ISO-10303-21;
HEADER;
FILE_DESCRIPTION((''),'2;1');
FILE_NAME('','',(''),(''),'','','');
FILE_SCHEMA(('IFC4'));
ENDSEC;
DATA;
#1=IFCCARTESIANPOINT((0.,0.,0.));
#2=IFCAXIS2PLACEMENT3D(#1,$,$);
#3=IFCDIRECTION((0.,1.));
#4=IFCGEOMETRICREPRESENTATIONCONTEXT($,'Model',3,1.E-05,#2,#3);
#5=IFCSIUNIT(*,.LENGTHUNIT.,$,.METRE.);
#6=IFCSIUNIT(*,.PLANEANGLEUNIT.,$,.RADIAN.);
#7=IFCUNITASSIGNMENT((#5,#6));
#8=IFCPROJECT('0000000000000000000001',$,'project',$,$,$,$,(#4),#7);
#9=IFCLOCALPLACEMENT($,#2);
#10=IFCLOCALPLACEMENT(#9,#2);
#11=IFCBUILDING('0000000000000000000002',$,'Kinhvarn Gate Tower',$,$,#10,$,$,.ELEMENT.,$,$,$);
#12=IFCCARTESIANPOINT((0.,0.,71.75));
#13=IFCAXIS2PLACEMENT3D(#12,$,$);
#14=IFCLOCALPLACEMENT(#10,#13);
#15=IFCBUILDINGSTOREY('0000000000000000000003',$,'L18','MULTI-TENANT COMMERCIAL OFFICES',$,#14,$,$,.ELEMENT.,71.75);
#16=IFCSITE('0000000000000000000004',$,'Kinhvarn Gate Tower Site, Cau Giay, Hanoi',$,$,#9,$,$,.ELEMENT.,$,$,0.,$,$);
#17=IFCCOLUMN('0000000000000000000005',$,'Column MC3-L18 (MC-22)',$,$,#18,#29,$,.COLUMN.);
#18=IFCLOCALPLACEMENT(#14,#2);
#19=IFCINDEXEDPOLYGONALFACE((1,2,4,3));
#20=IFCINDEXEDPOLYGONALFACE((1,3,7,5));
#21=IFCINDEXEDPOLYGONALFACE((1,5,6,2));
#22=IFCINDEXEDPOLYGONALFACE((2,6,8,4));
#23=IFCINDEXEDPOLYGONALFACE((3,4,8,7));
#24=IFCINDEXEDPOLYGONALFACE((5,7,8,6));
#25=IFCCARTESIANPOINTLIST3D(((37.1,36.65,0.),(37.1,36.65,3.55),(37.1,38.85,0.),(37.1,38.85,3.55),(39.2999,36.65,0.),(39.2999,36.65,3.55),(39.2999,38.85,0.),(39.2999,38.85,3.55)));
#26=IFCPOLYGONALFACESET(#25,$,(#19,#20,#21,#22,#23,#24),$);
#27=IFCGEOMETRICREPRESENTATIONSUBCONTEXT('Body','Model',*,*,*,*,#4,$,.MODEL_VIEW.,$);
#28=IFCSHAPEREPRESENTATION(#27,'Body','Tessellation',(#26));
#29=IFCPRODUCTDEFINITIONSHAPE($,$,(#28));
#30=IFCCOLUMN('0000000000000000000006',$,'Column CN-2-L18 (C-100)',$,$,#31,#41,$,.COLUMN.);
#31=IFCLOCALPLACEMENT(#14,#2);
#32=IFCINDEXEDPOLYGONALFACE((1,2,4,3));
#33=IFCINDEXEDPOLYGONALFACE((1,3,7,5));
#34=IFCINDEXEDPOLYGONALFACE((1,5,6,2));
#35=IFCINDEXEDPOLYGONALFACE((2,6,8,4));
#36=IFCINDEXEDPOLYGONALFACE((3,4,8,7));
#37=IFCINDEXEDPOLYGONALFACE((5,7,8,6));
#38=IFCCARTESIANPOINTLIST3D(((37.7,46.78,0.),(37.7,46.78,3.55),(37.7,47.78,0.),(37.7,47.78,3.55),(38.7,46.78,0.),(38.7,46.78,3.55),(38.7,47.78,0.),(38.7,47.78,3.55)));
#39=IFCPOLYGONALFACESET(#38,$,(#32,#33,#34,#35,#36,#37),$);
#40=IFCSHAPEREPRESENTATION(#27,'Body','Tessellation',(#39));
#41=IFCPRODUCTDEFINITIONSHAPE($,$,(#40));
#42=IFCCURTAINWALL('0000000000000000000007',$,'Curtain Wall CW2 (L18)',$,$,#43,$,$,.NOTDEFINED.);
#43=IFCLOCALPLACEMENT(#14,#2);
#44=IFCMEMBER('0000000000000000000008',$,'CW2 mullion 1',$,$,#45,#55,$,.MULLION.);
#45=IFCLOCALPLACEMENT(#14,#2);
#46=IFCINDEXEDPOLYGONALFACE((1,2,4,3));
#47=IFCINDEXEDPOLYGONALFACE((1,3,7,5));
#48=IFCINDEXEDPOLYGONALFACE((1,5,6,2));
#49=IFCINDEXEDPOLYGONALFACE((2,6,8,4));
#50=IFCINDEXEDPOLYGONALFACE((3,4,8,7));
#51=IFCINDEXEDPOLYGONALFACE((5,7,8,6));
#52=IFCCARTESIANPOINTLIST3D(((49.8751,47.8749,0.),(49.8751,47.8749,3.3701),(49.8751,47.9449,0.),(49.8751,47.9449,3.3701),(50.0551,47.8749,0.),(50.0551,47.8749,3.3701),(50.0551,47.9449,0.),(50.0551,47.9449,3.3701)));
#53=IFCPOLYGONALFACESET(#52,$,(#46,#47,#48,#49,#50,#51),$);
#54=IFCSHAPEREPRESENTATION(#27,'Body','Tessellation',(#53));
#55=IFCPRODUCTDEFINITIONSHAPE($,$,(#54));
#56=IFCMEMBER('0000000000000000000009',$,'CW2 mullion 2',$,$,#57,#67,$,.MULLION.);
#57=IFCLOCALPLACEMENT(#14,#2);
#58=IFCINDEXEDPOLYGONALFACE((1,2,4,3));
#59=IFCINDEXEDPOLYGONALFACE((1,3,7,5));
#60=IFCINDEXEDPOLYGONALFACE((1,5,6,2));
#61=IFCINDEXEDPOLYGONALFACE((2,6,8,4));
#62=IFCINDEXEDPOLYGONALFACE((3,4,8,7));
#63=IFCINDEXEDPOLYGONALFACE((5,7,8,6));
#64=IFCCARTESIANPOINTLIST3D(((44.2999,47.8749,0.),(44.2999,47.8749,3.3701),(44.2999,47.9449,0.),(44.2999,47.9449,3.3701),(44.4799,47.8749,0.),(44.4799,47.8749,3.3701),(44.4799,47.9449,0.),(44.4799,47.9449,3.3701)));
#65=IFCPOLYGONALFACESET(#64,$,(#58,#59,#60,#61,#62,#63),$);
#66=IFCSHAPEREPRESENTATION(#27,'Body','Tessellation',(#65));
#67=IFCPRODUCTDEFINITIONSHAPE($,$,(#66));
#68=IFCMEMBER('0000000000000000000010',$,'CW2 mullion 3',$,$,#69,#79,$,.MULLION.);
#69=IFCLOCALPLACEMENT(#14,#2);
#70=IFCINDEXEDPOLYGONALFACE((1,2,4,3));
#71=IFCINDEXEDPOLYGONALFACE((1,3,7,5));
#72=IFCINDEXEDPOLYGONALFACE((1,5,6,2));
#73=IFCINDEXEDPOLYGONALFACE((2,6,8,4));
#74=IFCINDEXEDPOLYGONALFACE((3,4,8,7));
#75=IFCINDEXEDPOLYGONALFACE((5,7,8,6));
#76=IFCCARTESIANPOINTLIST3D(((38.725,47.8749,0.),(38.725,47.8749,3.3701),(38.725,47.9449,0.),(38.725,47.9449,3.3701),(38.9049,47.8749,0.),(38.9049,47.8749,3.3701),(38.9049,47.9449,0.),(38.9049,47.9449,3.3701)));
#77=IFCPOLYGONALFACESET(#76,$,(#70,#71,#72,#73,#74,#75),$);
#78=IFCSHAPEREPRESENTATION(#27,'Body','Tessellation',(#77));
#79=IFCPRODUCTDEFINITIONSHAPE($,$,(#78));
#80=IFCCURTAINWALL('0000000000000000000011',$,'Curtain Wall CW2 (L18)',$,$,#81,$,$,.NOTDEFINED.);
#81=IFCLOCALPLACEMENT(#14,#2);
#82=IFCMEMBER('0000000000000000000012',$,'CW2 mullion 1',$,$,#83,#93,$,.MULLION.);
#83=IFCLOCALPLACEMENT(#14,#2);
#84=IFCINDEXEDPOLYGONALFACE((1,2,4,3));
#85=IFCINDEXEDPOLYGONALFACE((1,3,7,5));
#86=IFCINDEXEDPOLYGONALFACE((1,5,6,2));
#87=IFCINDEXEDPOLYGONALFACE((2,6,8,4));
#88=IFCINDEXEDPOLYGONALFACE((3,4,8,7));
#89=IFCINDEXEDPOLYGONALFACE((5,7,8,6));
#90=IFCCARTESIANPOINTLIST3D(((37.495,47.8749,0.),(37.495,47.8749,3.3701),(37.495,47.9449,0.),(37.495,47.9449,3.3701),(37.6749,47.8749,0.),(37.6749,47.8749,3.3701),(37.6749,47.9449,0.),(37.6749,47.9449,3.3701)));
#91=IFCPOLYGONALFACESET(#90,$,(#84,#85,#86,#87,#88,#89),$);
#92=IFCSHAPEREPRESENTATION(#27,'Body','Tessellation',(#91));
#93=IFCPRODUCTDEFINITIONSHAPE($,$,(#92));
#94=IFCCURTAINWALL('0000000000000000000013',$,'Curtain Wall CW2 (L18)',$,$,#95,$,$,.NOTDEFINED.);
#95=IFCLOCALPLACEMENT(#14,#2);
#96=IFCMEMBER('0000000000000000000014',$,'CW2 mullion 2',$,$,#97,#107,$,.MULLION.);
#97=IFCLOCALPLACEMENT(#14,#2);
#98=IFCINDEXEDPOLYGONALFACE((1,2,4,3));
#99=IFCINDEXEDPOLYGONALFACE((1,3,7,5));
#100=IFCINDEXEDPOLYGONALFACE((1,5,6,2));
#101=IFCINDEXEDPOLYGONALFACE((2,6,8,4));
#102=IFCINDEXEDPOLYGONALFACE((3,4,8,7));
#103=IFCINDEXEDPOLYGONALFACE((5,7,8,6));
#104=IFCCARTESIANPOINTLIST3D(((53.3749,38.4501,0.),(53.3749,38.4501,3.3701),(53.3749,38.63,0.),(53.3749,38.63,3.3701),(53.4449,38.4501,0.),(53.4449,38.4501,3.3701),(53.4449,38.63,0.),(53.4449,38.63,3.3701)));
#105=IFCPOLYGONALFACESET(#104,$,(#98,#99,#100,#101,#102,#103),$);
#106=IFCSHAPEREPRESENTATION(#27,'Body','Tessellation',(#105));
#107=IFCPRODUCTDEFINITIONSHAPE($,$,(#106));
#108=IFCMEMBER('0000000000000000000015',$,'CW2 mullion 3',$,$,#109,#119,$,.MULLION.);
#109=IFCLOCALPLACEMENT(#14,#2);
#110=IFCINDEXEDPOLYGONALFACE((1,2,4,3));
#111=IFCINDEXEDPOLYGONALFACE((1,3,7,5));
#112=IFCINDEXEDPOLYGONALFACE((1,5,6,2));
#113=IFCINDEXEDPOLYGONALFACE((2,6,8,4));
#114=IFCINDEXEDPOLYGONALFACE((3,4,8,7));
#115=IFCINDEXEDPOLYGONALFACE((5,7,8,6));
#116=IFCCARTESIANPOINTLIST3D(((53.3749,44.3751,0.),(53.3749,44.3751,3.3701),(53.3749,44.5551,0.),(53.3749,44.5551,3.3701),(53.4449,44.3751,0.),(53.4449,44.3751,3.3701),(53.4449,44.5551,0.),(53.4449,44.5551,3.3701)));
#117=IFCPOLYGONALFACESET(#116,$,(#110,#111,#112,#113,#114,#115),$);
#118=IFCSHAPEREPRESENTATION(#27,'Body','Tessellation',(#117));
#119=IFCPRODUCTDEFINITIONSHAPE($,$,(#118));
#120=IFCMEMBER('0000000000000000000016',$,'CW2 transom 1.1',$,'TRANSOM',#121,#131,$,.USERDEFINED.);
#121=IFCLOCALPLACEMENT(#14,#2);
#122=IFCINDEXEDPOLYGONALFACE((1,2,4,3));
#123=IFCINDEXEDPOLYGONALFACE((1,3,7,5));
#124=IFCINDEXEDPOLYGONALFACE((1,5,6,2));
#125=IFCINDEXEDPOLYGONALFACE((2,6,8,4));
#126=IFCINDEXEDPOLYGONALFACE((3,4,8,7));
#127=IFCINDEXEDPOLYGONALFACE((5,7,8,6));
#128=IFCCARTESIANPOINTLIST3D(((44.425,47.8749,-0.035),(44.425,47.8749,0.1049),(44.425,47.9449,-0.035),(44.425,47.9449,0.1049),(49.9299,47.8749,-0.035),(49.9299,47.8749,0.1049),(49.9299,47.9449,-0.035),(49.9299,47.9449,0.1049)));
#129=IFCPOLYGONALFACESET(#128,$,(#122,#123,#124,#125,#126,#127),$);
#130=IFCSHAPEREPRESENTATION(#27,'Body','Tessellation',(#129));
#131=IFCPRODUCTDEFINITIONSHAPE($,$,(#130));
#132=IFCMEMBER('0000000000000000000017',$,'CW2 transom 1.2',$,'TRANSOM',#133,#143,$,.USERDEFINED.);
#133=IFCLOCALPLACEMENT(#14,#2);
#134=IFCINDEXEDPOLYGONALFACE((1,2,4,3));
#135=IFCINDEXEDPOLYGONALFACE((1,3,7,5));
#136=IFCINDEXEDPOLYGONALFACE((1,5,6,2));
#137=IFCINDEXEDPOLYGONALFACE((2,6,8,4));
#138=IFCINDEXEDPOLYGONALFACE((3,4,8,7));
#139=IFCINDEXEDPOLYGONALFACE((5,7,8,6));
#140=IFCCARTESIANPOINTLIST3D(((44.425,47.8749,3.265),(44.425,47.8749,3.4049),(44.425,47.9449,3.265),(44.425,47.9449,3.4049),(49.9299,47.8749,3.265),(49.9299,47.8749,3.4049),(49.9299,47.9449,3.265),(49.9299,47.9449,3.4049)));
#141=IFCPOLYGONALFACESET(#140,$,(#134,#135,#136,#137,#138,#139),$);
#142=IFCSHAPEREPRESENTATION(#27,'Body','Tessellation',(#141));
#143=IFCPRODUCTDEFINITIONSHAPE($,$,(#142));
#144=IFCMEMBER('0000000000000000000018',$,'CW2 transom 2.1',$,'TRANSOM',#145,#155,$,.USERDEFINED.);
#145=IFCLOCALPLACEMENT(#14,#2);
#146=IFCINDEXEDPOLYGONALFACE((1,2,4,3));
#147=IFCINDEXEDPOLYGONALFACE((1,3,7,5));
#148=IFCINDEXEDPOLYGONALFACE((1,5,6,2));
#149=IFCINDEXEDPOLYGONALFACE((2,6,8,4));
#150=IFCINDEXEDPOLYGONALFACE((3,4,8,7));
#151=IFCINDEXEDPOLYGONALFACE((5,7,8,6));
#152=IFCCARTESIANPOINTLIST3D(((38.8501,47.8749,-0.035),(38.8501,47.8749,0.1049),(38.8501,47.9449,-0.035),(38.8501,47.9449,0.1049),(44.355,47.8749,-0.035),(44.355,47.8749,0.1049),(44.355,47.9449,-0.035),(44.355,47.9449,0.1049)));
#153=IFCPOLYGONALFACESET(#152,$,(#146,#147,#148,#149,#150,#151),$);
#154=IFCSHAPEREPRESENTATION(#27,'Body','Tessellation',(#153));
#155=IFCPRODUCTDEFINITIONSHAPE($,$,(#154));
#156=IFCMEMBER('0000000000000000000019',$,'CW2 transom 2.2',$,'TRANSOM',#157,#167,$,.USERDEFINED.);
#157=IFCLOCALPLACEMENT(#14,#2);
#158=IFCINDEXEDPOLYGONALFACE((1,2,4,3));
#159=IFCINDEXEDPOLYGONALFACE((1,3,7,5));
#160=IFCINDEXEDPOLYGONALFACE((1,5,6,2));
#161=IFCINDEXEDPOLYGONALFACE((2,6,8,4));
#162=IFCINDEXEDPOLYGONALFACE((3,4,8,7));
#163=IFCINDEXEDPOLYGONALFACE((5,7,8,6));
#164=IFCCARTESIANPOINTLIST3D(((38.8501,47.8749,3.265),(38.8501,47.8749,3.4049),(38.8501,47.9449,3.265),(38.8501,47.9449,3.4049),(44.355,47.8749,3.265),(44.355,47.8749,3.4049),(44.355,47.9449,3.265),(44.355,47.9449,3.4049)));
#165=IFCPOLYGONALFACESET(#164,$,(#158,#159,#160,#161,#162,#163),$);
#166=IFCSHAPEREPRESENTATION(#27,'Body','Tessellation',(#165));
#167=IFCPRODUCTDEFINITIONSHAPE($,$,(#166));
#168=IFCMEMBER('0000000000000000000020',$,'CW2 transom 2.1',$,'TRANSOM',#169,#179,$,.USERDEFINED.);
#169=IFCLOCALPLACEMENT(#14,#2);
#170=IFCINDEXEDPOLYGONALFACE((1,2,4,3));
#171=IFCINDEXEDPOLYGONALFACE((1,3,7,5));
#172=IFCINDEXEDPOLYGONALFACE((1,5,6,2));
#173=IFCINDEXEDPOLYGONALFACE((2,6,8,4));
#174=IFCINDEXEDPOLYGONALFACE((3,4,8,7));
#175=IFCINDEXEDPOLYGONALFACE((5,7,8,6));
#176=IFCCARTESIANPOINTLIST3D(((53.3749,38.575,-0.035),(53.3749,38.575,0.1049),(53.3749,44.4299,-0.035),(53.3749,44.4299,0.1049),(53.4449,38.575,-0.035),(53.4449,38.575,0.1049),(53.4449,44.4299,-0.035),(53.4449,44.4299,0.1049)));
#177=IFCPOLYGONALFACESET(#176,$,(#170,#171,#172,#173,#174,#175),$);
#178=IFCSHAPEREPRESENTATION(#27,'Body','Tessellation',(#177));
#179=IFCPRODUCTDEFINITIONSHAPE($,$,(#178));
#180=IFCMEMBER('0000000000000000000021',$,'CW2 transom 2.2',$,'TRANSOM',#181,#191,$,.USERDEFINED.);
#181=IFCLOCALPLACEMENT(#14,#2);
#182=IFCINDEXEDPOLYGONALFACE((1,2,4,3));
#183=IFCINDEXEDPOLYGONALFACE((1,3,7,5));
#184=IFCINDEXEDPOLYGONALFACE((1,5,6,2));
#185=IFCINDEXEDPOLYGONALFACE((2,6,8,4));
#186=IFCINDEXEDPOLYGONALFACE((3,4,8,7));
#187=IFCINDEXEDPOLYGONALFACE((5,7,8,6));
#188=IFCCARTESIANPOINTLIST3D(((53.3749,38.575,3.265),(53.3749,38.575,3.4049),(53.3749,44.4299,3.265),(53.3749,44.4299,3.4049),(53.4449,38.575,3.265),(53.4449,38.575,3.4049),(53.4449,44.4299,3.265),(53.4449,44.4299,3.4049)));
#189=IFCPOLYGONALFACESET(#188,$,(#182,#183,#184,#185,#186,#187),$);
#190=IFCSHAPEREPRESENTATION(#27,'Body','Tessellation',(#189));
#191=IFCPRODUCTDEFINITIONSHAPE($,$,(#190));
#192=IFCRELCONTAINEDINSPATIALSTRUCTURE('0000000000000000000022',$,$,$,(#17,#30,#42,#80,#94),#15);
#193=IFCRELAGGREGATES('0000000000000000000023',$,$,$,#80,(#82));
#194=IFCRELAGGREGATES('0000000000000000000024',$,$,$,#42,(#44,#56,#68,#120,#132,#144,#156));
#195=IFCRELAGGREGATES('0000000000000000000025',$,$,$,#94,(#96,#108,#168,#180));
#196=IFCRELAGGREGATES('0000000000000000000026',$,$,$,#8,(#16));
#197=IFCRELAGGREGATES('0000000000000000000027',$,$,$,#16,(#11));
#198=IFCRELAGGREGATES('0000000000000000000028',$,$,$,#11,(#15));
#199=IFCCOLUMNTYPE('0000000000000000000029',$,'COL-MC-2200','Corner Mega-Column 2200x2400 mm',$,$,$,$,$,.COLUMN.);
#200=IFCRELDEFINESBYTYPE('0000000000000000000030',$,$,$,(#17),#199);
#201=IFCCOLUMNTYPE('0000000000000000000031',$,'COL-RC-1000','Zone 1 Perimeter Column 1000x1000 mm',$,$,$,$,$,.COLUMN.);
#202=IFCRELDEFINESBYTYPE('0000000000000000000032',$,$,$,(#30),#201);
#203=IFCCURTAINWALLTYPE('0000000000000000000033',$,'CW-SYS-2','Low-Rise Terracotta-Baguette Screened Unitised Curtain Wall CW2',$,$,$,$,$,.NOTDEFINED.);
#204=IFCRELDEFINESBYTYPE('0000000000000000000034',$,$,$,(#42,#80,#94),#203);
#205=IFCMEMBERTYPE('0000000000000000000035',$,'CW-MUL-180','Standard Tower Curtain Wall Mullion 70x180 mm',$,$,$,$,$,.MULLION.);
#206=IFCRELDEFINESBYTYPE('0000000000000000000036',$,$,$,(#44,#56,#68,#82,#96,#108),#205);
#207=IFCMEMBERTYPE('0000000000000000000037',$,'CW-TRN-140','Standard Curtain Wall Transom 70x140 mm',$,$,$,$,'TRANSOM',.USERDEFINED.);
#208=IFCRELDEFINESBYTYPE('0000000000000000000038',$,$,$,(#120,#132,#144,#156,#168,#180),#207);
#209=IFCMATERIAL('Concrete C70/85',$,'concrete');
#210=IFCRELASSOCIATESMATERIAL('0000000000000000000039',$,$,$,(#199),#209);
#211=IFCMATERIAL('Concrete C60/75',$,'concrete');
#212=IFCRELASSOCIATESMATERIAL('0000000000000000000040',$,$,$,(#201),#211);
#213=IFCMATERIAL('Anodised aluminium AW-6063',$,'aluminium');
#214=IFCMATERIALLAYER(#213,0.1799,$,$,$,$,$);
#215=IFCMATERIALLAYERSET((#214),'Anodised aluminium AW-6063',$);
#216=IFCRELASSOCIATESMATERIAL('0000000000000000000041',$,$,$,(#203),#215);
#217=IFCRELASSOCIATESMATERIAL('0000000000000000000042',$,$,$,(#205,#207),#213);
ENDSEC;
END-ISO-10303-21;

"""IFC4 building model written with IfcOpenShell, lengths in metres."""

from ifc_helpers import new_model, si_unit, direction, frame, origin, origin_2d, place, context, subcontext, project, spatial, rectangle, extrude, material, layer, layer_set, material_profile, profile_set, type_object, element, aggregate, save


model = new_model("IFC4")

# Units and contexts
model_context = context("Model", 3, precision=1e-05, world=origin(), true_north=direction((0.0, 1.0)))
body_context = subcontext(model_context, "Body", "Model", "MODEL_VIEW")
ifc_project = project(units=[si_unit("LENGTHUNIT", "METRE"), si_unit("PLANEANGLEUNIT", "RADIAN")], contexts=[model_context])

# Site, building, storey
site_placement = place(None, origin())
site = spatial("IfcSite", under=ifc_project, at=site_placement, Name="Kinhvarn Gate Tower Site, Cau Giay, Hanoi", CompositionType="ELEMENT", RefElevation=0.0)
building_placement = place(site_placement, origin())
building = spatial("IfcBuilding", under=site, at=building_placement, Name="Kinhvarn Gate Tower", CompositionType="ELEMENT")
storey_placement = place(building_placement, frame((0.0, 0.0, 71.75)))
storey = spatial("IfcBuildingStorey", under=building, at=storey_placement, Name="L18", Description="MULTI-TENANT COMMERCIAL OFFICES", CompositionType="ELEMENT", Elevation=71.75)

# Columns
ifc_material_1 = material(Name="Concrete C70/85", Category="concrete")
ifc_material_profile_1 = material_profile(ifc_material_1, rectangle(XDim=2.2, YDim=2.2, at=origin_2d()), Name="RC 2200x2200")
ifc_profile_set_1 = profile_set([ifc_material_profile_1], Name="Concrete C70/85")
column_type_1 = type_object("IfcColumnType", Name="COL-MC-2200", Description="Corner Mega-Column 2200x2400 mm", PredefinedType="COLUMN", material=ifc_profile_set_1)
column_1_placement = place(storey_placement, frame((38.2, 37.75, 0.0), z_axis=(0.0, 0.0, 1.0), x_axis=(1.0, 0.0, 0.0)))
element("IfcColumn", 1, at=column_1_placement, inside=storey, type_object=column_type_1, Name="Column MC3-L18 (MC-22)", PredefinedType="COLUMN", context=body_context, shape_type="SweptSolid", body=[
    extrude(rectangle(XDim=2.2, YDim=2.2, at=origin_2d()), origin(), (0.0, 0.0, 1.0), 3.55),
])
ifc_material_2 = material(Name="Concrete C60/75", Category="concrete")
ifc_material_profile_2 = material_profile(ifc_material_2, rectangle(XDim=1.0, YDim=1.0, at=origin_2d()), Name="RC 1000x1000")
ifc_profile_set_2 = profile_set([ifc_material_profile_2], Name="Concrete C60/75")
column_type_2 = type_object("IfcColumnType", Name="COL-RC-1000", Description="Zone 1 Perimeter Column 1000x1000 mm", PredefinedType="COLUMN", material=ifc_profile_set_2)
column_2_placement = place(storey_placement, frame((38.2, 47.28, 0.0), z_axis=(0.0, 0.0, 1.0), x_axis=(1.0, 0.0, 0.0)))
element("IfcColumn", 2, at=column_2_placement, inside=storey, type_object=column_type_2, Name="Column CN-2-L18 (C-100)", PredefinedType="COLUMN", context=body_context, shape_type="SweptSolid", body=[
    extrude(rectangle(XDim=1.0, YDim=1.0, at=origin_2d()), origin(), (0.0, 0.0, 1.0), 3.55),
])

# Curtain wall, members
ifc_material_3 = material(Name="Anodised aluminium AW-6063", Category="aluminium")
ifc_layer_1 = layer(ifc_material_3, 0.1799)
ifc_layer_set_1 = layer_set([ifc_layer_1], Name="Anodised aluminium AW-6063")
curtain_wall_type = type_object("IfcCurtainWallType", Name="CW-SYS-2", Description="Low-Rise Terracotta-Baguette Screened Unitised Curtain Wall CW2", PredefinedType="NOTDEFINED", material=ifc_layer_set_1)
curtain_wall_1_placement = place(storey_placement, origin())
curtain_wall_1 = element("IfcCurtainWall", 3, at=curtain_wall_1_placement, inside=storey, type_object=curtain_wall_type, Name="Curtain Wall CW2 (L18)", PredefinedType="NOTDEFINED")
ifc_material_profile_3 = material_profile(ifc_material_3, rectangle(XDim=0.0701, YDim=0.1799, at=origin_2d()), Name="ALU 70x180")
ifc_profile_set_3 = profile_set([ifc_material_profile_3], Name="Anodised aluminium AW-6063")
member_type_1 = type_object("IfcMemberType", Name="CW-MUL-180", Description="Standard Tower Curtain Wall Mullion 70x180 mm", PredefinedType="MULLION", material=ifc_profile_set_3)
member_1_placement = place(storey_placement, frame((49.9651, 47.9099, 0.0), z_axis=(0.0, 0.0, 1.0), x_axis=(0.0, -1.0, 0.0)))
member_1 = element("IfcMember", 4, at=member_1_placement, type_object=member_type_1, Name="CW2 mullion 1", PredefinedType="MULLION", context=body_context, shape_type="SweptSolid", body=[
    extrude(rectangle(XDim=0.0701, YDim=0.1799, at=origin_2d()), origin(), (0.0, 0.0, 1.0), 3.3701),
])
member_2_placement = place(storey_placement, frame((44.3899, 47.9099, 0.0), z_axis=(0.0, 0.0, 1.0), x_axis=(0.0, -1.0, 0.0)))
member_2 = element("IfcMember", 5, at=member_2_placement, type_object=member_type_1, Name="CW2 mullion 2", PredefinedType="MULLION", context=body_context, shape_type="SweptSolid", body=[
    extrude(rectangle(XDim=0.0701, YDim=0.1799, at=origin_2d()), origin(), (0.0, 0.0, 1.0), 3.3701),
])
member_3_placement = place(storey_placement, frame((38.8149, 47.9099, 0.0), z_axis=(0.0, 0.0, 1.0), x_axis=(0.0, -1.0, 0.0)))
member_3 = element("IfcMember", 6, at=member_3_placement, type_object=member_type_1, Name="CW2 mullion 3", PredefinedType="MULLION", context=body_context, shape_type="SweptSolid", body=[
    extrude(rectangle(XDim=0.0701, YDim=0.1799, at=origin_2d()), origin(), (0.0, 0.0, 1.0), 3.3701),
])

# Curtain wall, member
curtain_wall_2_placement = place(storey_placement, origin())
curtain_wall_2 = element("IfcCurtainWall", 7, at=curtain_wall_2_placement, inside=storey, type_object=curtain_wall_type, Name="Curtain Wall CW2 (L18)", PredefinedType="NOTDEFINED")
member_4_placement = place(storey_placement, frame((37.585, 47.9099, 0.0), z_axis=(0.0, 0.0, 1.0), x_axis=(0.0, -1.0, 0.0)))
member_4 = element("IfcMember", 8, at=member_4_placement, type_object=member_type_1, Name="CW2 mullion 1", PredefinedType="MULLION", context=body_context, shape_type="SweptSolid", body=[
    extrude(rectangle(XDim=0.0701, YDim=0.1799, at=origin_2d()), origin(), (0.0, 0.0, 1.0), 3.3701),
])
aggregate(curtain_wall_2, [member_4])

# Curtain wall, members
curtain_wall_3_placement = place(storey_placement, origin())
curtain_wall_3 = element("IfcCurtainWall", 9, at=curtain_wall_3_placement, inside=storey, type_object=curtain_wall_type, Name="Curtain Wall CW2 (L18)", PredefinedType="NOTDEFINED")
member_5_placement = place(storey_placement, frame((53.4099, 38.54, 0.0), z_axis=(0.0, 0.0, 1.0), x_axis=(-1.0, 0.0, 0.0)))
member_5 = element("IfcMember", 10, at=member_5_placement, type_object=member_type_1, Name="CW2 mullion 2", PredefinedType="MULLION", context=body_context, shape_type="SweptSolid", body=[
    extrude(rectangle(XDim=0.0701, YDim=0.1799, at=origin_2d()), origin(), (0.0, 0.0, 1.0), 3.3701),
])
member_6_placement = place(storey_placement, frame((53.4099, 44.4651, 0.0), z_axis=(0.0, 0.0, 1.0), x_axis=(-1.0, 0.0, 0.0)))
member_6 = element("IfcMember", 11, at=member_6_placement, type_object=member_type_1, Name="CW2 mullion 3", PredefinedType="MULLION", context=body_context, shape_type="SweptSolid", body=[
    extrude(rectangle(XDim=0.0701, YDim=0.1799, at=origin_2d()), origin(), (0.0, 0.0, 1.0), 3.3701),
])

# Members
ifc_material_profile_4 = material_profile(ifc_material_3, rectangle(XDim=0.0701, YDim=0.1399, at=origin_2d()), Name="ALU 70x140")
ifc_profile_set_4 = profile_set([ifc_material_profile_4], Name="Anodised aluminium AW-6063")
member_type_2 = type_object("IfcMemberType", Name="CW-TRN-140", Description="Standard Curtain Wall Transom 70x140 mm", ElementType="TRANSOM", PredefinedType="USERDEFINED", material=ifc_profile_set_4)
member_7_placement = place(storey_placement, frame((49.9299, 47.9099, 0.0349), z_axis=(-1.0, 0.0, 0.0), x_axis=(0.0, -1.0, 0.0)))
member_7 = element("IfcMember", 12, at=member_7_placement, type_object=member_type_2, Name="CW2 transom 1.1", ObjectType="TRANSOM", PredefinedType="USERDEFINED", context=body_context, shape_type="SweptSolid", body=[
    extrude(rectangle(XDim=0.0701, YDim=0.1399, at=origin_2d()), origin(), (0.0, 0.0, 1.0), 5.5049),
])
member_8_placement = place(storey_placement, frame((49.9299, 47.9099, 3.335), z_axis=(-1.0, 0.0, 0.0), x_axis=(0.0, -1.0, 0.0)))
member_8 = element("IfcMember", 13, at=member_8_placement, type_object=member_type_2, Name="CW2 transom 1.2", ObjectType="TRANSOM", PredefinedType="USERDEFINED", context=body_context, shape_type="SweptSolid", body=[
    extrude(rectangle(XDim=0.0701, YDim=0.1399, at=origin_2d()), origin(), (0.0, 0.0, 1.0), 5.5049),
])
member_9_placement = place(storey_placement, frame((44.355, 47.9099, 0.0349), z_axis=(-1.0, 0.0, 0.0), x_axis=(0.0, -1.0, 0.0)))
member_9 = element("IfcMember", 14, at=member_9_placement, type_object=member_type_2, Name="CW2 transom 2.1", ObjectType="TRANSOM", PredefinedType="USERDEFINED", context=body_context, shape_type="SweptSolid", body=[
    extrude(rectangle(XDim=0.0701, YDim=0.1399, at=origin_2d()), origin(), (0.0, 0.0, 1.0), 5.5049),
])
member_10_placement = place(storey_placement, frame((44.355, 47.9099, 3.335), z_axis=(-1.0, 0.0, 0.0), x_axis=(0.0, -1.0, 0.0)))
member_10 = element("IfcMember", 15, at=member_10_placement, type_object=member_type_2, Name="CW2 transom 2.2", ObjectType="TRANSOM", PredefinedType="USERDEFINED", context=body_context, shape_type="SweptSolid", body=[
    extrude(rectangle(XDim=0.0701, YDim=0.1399, at=origin_2d()), origin(), (0.0, 0.0, 1.0), 5.5049),
])
member_11_placement = place(storey_placement, frame((53.4099, 38.575, 0.0349), z_axis=(0.0, 1.0, 0.0), x_axis=(-1.0, 0.0, 0.0)))
member_11 = element("IfcMember", 16, at=member_11_placement, type_object=member_type_2, Name="CW2 transom 2.1", ObjectType="TRANSOM", PredefinedType="USERDEFINED", context=body_context, shape_type="SweptSolid", body=[
    extrude(rectangle(XDim=0.0701, YDim=0.1399, at=origin_2d()), origin(), (0.0, 0.0, 1.0), 5.855),
])
member_12_placement = place(storey_placement, frame((53.4099, 38.575, 3.335), z_axis=(0.0, 1.0, 0.0), x_axis=(-1.0, 0.0, 0.0)))
member_12 = element("IfcMember", 17, at=member_12_placement, type_object=member_type_2, Name="CW2 transom 2.2", ObjectType="TRANSOM", PredefinedType="USERDEFINED", context=body_context, shape_type="SweptSolid", body=[
    extrude(rectangle(XDim=0.0701, YDim=0.1399, at=origin_2d()), origin(), (0.0, 0.0, 1.0), 5.855),
])

aggregate(curtain_wall_1, [member_1, member_2, member_3, member_7, member_8, member_9, member_10])
aggregate(curtain_wall_3, [member_5, member_6, member_11, member_12])

save(model, "model.ifc")
